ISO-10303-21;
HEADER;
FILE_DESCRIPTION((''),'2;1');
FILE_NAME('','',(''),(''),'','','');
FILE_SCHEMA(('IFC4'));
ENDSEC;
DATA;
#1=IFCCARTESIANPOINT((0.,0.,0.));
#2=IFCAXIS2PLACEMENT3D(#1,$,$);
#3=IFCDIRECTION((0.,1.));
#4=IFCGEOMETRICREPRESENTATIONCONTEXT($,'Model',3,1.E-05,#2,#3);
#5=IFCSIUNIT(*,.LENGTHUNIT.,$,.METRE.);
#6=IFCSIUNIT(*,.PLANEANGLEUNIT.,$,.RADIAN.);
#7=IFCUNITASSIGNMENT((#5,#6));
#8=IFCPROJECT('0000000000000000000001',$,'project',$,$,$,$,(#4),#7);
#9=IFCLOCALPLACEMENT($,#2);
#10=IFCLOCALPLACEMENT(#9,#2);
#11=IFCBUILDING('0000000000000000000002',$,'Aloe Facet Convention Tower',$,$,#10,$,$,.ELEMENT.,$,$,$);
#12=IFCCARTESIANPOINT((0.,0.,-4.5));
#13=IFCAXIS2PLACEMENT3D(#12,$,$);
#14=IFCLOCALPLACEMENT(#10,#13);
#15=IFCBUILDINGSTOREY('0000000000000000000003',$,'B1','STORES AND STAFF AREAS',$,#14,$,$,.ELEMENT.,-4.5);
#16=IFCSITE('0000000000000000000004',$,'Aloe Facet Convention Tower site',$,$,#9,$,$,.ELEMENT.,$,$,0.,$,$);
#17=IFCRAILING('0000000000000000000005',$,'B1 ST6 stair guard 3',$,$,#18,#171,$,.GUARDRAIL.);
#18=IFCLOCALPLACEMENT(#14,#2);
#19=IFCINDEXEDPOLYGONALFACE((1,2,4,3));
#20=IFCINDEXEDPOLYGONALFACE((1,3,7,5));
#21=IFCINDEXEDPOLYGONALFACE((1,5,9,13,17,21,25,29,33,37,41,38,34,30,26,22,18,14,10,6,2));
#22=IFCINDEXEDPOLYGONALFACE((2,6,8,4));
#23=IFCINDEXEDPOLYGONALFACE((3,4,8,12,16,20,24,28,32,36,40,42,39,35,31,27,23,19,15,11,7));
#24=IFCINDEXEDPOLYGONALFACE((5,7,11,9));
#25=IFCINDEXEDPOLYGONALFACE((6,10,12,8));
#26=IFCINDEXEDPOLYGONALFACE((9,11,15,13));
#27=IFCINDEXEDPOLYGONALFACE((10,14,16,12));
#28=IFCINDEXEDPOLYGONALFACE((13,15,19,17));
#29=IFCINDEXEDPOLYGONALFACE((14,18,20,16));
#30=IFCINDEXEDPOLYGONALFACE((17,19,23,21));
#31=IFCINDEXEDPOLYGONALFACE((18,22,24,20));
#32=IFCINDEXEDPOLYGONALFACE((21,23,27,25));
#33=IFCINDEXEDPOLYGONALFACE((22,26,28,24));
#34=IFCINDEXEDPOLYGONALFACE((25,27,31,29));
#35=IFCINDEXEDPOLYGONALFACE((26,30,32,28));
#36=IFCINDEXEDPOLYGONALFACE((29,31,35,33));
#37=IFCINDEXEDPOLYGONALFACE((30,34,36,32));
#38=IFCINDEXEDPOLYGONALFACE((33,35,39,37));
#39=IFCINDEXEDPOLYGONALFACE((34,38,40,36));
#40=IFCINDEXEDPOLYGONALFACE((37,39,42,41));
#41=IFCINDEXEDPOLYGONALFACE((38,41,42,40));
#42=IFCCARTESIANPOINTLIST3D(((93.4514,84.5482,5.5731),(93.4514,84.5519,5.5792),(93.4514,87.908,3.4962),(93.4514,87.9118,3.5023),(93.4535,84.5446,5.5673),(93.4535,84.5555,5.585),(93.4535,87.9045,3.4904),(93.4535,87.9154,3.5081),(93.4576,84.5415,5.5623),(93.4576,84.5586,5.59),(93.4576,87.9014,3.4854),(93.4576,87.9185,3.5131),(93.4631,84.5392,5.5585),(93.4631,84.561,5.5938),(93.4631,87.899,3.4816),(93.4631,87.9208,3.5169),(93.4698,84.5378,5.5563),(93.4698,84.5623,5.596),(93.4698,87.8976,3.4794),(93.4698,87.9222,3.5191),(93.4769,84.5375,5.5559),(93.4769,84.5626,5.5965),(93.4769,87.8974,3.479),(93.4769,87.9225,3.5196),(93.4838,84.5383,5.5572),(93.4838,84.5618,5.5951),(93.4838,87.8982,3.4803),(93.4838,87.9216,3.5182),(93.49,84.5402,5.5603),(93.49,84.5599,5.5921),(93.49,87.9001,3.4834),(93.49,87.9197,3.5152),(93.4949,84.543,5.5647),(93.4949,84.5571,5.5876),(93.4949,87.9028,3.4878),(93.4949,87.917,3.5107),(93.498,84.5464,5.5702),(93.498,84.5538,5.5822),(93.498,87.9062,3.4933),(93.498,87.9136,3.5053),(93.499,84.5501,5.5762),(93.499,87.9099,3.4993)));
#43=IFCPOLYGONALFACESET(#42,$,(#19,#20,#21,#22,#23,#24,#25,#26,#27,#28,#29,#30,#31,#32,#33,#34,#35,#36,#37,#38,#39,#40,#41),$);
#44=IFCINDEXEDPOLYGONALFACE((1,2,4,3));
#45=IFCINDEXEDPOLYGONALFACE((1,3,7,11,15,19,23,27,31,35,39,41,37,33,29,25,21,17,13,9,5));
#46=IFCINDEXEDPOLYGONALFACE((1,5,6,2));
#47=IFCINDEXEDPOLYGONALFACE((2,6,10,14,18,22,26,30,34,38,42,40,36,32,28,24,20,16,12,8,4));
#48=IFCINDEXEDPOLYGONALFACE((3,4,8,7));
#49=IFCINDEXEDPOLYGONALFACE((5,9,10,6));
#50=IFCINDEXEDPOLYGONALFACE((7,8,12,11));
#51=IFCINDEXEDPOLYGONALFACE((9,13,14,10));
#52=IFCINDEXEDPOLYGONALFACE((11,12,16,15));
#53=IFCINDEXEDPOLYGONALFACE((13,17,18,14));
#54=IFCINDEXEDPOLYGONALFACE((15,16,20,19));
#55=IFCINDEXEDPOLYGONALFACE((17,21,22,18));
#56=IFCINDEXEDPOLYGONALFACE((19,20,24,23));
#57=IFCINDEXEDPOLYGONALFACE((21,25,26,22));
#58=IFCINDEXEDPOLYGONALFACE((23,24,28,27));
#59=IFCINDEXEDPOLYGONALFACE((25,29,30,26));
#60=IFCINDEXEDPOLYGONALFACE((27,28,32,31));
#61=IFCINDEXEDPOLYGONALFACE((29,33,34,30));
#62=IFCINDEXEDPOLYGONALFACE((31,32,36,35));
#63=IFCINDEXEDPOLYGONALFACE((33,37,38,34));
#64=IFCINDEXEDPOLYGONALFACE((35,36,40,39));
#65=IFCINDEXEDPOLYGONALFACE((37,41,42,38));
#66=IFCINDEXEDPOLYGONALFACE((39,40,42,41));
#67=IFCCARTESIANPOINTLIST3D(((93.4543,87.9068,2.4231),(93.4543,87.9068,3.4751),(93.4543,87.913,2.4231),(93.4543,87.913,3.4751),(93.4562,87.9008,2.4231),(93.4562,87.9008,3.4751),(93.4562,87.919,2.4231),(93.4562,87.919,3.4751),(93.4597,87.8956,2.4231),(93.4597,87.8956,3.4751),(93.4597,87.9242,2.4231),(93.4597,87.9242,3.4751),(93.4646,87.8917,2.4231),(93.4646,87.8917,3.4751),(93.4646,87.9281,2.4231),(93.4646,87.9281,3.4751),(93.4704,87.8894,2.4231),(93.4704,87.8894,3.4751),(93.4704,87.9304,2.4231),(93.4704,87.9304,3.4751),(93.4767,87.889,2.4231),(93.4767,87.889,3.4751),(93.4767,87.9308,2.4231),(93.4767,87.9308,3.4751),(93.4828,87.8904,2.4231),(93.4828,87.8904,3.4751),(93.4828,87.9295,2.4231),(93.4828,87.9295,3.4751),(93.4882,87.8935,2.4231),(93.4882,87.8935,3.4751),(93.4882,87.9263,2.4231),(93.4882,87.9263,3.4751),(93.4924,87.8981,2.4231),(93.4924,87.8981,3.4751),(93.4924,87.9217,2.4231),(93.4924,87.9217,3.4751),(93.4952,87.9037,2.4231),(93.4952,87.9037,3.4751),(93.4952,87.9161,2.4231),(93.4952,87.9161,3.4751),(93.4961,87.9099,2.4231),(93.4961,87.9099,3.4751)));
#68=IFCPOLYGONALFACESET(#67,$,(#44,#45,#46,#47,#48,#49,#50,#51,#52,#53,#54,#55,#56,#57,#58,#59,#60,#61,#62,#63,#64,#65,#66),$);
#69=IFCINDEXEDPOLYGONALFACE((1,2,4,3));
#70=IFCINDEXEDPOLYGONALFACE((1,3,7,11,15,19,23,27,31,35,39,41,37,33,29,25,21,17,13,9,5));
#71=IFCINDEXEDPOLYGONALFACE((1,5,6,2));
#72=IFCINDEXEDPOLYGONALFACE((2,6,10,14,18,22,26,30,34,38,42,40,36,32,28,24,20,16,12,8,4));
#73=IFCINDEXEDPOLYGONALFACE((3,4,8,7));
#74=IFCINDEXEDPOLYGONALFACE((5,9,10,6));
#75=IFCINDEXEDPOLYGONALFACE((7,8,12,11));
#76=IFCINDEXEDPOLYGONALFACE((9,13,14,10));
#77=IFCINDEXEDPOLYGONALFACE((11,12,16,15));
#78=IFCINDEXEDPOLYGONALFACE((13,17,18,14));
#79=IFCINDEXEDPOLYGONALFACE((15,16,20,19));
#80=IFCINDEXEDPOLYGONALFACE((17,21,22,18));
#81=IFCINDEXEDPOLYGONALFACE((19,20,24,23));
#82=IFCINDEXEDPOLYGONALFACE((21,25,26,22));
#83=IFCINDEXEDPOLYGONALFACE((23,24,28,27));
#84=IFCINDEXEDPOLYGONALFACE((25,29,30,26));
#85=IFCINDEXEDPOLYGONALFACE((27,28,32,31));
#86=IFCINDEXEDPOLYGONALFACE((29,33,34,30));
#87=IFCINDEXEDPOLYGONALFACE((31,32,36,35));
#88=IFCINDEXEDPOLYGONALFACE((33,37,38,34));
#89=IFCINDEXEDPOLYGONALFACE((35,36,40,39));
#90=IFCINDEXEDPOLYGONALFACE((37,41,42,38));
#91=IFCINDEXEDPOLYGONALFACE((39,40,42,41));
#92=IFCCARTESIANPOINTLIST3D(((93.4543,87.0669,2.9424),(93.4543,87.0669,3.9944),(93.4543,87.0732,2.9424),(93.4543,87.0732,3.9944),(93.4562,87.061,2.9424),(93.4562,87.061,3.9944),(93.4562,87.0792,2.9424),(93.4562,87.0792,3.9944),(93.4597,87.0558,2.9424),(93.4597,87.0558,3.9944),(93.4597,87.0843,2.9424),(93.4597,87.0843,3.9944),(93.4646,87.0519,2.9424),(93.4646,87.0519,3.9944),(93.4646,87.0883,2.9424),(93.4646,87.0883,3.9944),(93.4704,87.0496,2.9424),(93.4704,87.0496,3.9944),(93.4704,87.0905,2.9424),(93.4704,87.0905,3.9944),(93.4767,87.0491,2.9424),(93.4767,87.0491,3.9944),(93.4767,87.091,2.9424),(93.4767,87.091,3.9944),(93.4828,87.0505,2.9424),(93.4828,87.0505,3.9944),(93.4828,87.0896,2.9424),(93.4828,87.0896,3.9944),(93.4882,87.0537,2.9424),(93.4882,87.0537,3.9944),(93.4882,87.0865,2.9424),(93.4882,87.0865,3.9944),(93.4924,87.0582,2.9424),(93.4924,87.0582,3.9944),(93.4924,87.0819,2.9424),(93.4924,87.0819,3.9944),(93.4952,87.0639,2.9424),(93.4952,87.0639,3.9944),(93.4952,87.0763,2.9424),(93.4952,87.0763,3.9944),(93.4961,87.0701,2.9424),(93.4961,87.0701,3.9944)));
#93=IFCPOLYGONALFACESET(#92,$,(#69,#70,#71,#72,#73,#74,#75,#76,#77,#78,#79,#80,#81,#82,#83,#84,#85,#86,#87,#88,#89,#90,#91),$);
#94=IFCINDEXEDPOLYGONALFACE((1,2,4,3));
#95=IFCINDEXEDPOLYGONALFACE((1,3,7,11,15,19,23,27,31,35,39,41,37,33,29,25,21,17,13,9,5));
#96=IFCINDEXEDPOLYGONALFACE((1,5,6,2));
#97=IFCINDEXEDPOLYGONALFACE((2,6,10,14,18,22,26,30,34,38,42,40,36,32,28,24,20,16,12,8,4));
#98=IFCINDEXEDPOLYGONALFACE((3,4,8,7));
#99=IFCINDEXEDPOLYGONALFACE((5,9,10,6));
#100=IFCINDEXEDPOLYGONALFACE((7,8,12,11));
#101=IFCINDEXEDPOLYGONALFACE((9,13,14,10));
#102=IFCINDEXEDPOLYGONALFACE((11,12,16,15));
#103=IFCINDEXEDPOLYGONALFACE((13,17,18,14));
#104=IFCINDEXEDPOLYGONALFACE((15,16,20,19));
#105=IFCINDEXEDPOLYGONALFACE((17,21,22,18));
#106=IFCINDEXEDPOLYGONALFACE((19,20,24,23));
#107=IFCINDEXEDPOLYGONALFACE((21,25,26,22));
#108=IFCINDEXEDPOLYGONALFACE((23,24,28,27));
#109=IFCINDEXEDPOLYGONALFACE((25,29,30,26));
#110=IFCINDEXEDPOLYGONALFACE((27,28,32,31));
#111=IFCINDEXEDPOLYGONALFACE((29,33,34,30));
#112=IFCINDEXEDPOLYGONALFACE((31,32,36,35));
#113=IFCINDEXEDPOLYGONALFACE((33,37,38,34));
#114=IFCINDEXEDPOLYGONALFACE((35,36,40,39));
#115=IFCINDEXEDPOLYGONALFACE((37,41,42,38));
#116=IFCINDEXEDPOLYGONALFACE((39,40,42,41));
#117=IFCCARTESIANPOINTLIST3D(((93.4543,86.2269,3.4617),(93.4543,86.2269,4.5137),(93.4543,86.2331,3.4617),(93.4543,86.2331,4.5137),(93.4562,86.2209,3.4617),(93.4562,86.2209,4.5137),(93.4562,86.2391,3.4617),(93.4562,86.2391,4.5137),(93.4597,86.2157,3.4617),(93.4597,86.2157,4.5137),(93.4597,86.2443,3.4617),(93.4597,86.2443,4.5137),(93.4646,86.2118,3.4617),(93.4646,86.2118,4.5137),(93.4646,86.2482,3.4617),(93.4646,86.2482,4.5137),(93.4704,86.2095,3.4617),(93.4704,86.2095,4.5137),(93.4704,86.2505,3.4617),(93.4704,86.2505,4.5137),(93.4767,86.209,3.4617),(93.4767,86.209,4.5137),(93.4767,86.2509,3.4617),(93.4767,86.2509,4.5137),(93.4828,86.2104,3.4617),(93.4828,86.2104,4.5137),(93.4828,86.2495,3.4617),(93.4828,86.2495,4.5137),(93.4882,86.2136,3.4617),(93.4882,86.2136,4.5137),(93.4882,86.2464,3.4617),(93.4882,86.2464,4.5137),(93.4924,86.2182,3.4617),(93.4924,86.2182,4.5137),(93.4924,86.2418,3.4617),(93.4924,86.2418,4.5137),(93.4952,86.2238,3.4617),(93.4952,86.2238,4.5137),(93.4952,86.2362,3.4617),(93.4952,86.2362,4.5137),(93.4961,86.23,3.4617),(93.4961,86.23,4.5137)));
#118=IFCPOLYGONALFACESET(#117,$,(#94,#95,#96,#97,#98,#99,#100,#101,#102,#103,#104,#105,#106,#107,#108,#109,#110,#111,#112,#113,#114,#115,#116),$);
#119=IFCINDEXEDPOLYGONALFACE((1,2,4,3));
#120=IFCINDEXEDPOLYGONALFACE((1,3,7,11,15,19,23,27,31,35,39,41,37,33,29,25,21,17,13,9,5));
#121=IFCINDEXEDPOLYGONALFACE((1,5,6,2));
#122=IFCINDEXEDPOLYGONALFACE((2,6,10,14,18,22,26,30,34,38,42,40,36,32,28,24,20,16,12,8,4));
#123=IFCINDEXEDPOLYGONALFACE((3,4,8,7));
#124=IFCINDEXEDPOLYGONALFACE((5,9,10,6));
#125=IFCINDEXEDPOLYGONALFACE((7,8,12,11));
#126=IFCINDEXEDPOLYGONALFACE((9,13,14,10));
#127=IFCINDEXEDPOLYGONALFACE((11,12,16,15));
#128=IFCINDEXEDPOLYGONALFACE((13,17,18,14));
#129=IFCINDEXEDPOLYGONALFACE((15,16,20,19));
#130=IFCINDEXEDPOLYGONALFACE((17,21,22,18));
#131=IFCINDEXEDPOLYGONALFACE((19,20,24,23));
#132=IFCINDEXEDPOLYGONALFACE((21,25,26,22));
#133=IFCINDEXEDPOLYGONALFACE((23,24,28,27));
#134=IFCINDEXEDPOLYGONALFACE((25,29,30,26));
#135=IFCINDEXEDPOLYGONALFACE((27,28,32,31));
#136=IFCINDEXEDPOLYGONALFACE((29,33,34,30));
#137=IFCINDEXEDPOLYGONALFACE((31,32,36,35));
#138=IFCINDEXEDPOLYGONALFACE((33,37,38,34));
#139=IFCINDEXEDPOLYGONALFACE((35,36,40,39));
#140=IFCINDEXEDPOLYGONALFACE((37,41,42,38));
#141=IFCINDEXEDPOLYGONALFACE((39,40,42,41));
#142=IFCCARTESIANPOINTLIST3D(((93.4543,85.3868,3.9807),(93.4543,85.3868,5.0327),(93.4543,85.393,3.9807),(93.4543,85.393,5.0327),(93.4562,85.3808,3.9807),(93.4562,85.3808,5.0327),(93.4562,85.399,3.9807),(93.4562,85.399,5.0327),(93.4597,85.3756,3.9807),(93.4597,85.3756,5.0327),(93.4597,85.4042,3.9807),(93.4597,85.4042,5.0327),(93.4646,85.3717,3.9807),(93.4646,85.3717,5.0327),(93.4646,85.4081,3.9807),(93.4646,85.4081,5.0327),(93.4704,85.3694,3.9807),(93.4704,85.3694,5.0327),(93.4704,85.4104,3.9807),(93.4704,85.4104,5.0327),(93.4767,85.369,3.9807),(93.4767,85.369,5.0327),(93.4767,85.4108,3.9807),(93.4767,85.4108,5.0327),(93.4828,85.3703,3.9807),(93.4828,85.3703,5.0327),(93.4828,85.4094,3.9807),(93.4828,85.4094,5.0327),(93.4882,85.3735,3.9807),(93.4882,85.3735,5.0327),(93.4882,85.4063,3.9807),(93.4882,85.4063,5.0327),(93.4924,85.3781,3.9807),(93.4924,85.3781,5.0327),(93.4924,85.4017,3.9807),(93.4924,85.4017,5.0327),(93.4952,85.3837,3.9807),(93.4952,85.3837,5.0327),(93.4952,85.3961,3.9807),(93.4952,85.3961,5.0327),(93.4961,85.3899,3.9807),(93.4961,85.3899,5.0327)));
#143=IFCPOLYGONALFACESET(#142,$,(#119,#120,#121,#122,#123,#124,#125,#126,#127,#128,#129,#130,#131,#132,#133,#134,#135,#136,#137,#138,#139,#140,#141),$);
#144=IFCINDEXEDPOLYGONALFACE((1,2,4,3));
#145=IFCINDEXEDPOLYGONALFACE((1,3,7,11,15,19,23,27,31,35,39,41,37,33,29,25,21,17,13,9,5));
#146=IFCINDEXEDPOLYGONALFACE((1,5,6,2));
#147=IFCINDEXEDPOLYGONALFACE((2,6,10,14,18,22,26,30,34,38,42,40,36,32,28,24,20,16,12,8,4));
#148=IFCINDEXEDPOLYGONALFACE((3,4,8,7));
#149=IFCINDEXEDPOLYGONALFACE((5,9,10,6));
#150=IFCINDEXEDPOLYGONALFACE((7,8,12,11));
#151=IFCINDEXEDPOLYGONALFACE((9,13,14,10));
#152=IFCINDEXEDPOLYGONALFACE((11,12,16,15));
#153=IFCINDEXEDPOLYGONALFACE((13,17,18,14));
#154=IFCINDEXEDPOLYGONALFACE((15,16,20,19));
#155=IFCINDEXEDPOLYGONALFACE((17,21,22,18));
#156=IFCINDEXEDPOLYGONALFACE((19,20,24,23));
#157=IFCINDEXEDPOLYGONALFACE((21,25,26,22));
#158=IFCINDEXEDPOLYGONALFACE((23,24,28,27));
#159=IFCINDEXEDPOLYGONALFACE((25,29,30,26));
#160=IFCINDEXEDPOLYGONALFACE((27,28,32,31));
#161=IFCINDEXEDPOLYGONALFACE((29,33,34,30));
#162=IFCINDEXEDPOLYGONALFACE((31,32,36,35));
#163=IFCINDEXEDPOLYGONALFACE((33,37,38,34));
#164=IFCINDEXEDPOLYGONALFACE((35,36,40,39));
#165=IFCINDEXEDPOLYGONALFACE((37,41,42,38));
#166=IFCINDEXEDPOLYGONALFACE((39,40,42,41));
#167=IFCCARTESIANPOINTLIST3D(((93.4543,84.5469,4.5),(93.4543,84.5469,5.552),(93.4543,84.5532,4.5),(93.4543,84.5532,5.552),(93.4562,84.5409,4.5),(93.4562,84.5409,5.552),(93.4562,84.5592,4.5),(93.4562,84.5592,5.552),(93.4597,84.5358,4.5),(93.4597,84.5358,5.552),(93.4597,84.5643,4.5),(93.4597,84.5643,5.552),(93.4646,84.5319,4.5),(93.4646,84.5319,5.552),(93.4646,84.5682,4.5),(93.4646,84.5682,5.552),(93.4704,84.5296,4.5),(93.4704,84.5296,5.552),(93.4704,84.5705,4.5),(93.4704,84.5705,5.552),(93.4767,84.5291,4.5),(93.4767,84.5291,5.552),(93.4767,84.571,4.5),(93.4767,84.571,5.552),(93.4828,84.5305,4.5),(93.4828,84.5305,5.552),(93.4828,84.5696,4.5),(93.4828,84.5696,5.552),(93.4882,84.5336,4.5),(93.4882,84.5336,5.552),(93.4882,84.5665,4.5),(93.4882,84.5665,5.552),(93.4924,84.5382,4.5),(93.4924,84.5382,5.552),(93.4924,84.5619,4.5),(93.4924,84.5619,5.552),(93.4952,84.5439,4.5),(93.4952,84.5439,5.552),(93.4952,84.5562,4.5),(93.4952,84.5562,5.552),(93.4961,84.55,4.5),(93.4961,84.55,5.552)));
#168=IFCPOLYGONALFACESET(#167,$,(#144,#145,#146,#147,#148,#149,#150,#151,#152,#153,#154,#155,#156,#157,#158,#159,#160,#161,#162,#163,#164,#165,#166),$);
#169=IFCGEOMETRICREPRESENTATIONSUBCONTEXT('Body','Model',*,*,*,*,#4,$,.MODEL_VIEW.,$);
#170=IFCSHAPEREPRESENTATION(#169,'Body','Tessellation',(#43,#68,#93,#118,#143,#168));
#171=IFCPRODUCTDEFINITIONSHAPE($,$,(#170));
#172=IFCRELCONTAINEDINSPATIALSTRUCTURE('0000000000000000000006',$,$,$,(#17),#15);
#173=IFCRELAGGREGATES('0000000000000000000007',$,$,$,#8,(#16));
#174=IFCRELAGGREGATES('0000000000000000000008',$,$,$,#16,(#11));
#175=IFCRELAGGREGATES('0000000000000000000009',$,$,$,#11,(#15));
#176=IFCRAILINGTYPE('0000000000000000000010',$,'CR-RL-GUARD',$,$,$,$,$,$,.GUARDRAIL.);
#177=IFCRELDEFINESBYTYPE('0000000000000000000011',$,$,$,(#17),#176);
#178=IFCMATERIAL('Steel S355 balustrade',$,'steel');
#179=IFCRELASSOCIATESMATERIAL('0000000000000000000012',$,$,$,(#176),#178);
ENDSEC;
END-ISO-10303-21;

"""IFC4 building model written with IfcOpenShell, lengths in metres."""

from ifc_helpers import new_model, si_unit, direction, frame, origin, origin_2d, place, context, subcontext, project, spatial, circle, extrude, material, type_object, element, save


model = new_model("IFC4")

# Units and contexts
model_context = context("Model", 3, precision=1e-05, world=origin(), true_north=direction((0.0, 1.0)))
body_context = subcontext(model_context, "Body", "Model", "MODEL_VIEW")
ifc_project = project(units=[si_unit("LENGTHUNIT", "METRE"), si_unit("PLANEANGLEUNIT", "RADIAN")], contexts=[model_context])

# Site, building, storey
site_placement = place(None, origin())
site = spatial("IfcSite", under=ifc_project, at=site_placement, Name="Aloe Facet Convention Tower site", CompositionType="ELEMENT", RefElevation=0.0)
building_placement = place(site_placement, origin())
building = spatial("IfcBuilding", under=site, at=building_placement, Name="Aloe Facet Convention Tower", CompositionType="ELEMENT")
storey_placement = place(building_placement, frame((0.0, 0.0, -4.5)))
storey = spatial("IfcBuildingStorey", under=building, at=storey_placement, Name="B1", Description="STORES AND STAFF AREAS", CompositionType="ELEMENT", Elevation=-4.5)

# Railing
ifc_material_1 = material(Name="Steel S355 balustrade", Category="steel")
railing_type_1 = type_object("IfcRailingType", Name="CR-RL-GUARD", PredefinedType="GUARDRAIL", material=ifc_material_1)
railing_1_placement = place(storey_placement, frame((93.4751, 87.9099, 2.4231)))
element("IfcRailing", 1, at=railing_1_placement, inside=storey, type_object=railing_type_1, Name="B1 ST6 stair guard 3", PredefinedType="GUARDRAIL", context=body_context, shape_type="SweptSolid", body=[
    extrude(circle(Radius=0.0239, at=origin_2d()), frame((0.0, 0.0, 1.0762), z_axis=(0.0, -0.850606, 0.525803), x_axis=(1.0, 0.0, 0.0)), (0.0, 0.0, 1.0), 3.95),
    extrude(circle(Radius=0.021, at=origin_2d()), origin(), (0.0, 0.0, 1.0), 1.052),
    extrude(circle(Radius=0.021, at=origin_2d()), frame((0.0, -0.8398, 0.5193)), (0.0, 0.0, 1.0), 1.052),
    extrude(circle(Radius=0.021, at=origin_2d()), frame((0.0, -1.6799, 1.0386)), (0.0, 0.0, 1.0), 1.052),
    extrude(circle(Radius=0.021, at=origin_2d()), frame((0.0, -2.52, 1.5576)), (0.0, 0.0, 1.0), 1.052),
    extrude(circle(Radius=0.021, at=origin_2d()), frame((0.0, -3.3599, 2.0769)), (0.0, 0.0, 1.0), 1.052),
])

save(model, "model.ifc")
